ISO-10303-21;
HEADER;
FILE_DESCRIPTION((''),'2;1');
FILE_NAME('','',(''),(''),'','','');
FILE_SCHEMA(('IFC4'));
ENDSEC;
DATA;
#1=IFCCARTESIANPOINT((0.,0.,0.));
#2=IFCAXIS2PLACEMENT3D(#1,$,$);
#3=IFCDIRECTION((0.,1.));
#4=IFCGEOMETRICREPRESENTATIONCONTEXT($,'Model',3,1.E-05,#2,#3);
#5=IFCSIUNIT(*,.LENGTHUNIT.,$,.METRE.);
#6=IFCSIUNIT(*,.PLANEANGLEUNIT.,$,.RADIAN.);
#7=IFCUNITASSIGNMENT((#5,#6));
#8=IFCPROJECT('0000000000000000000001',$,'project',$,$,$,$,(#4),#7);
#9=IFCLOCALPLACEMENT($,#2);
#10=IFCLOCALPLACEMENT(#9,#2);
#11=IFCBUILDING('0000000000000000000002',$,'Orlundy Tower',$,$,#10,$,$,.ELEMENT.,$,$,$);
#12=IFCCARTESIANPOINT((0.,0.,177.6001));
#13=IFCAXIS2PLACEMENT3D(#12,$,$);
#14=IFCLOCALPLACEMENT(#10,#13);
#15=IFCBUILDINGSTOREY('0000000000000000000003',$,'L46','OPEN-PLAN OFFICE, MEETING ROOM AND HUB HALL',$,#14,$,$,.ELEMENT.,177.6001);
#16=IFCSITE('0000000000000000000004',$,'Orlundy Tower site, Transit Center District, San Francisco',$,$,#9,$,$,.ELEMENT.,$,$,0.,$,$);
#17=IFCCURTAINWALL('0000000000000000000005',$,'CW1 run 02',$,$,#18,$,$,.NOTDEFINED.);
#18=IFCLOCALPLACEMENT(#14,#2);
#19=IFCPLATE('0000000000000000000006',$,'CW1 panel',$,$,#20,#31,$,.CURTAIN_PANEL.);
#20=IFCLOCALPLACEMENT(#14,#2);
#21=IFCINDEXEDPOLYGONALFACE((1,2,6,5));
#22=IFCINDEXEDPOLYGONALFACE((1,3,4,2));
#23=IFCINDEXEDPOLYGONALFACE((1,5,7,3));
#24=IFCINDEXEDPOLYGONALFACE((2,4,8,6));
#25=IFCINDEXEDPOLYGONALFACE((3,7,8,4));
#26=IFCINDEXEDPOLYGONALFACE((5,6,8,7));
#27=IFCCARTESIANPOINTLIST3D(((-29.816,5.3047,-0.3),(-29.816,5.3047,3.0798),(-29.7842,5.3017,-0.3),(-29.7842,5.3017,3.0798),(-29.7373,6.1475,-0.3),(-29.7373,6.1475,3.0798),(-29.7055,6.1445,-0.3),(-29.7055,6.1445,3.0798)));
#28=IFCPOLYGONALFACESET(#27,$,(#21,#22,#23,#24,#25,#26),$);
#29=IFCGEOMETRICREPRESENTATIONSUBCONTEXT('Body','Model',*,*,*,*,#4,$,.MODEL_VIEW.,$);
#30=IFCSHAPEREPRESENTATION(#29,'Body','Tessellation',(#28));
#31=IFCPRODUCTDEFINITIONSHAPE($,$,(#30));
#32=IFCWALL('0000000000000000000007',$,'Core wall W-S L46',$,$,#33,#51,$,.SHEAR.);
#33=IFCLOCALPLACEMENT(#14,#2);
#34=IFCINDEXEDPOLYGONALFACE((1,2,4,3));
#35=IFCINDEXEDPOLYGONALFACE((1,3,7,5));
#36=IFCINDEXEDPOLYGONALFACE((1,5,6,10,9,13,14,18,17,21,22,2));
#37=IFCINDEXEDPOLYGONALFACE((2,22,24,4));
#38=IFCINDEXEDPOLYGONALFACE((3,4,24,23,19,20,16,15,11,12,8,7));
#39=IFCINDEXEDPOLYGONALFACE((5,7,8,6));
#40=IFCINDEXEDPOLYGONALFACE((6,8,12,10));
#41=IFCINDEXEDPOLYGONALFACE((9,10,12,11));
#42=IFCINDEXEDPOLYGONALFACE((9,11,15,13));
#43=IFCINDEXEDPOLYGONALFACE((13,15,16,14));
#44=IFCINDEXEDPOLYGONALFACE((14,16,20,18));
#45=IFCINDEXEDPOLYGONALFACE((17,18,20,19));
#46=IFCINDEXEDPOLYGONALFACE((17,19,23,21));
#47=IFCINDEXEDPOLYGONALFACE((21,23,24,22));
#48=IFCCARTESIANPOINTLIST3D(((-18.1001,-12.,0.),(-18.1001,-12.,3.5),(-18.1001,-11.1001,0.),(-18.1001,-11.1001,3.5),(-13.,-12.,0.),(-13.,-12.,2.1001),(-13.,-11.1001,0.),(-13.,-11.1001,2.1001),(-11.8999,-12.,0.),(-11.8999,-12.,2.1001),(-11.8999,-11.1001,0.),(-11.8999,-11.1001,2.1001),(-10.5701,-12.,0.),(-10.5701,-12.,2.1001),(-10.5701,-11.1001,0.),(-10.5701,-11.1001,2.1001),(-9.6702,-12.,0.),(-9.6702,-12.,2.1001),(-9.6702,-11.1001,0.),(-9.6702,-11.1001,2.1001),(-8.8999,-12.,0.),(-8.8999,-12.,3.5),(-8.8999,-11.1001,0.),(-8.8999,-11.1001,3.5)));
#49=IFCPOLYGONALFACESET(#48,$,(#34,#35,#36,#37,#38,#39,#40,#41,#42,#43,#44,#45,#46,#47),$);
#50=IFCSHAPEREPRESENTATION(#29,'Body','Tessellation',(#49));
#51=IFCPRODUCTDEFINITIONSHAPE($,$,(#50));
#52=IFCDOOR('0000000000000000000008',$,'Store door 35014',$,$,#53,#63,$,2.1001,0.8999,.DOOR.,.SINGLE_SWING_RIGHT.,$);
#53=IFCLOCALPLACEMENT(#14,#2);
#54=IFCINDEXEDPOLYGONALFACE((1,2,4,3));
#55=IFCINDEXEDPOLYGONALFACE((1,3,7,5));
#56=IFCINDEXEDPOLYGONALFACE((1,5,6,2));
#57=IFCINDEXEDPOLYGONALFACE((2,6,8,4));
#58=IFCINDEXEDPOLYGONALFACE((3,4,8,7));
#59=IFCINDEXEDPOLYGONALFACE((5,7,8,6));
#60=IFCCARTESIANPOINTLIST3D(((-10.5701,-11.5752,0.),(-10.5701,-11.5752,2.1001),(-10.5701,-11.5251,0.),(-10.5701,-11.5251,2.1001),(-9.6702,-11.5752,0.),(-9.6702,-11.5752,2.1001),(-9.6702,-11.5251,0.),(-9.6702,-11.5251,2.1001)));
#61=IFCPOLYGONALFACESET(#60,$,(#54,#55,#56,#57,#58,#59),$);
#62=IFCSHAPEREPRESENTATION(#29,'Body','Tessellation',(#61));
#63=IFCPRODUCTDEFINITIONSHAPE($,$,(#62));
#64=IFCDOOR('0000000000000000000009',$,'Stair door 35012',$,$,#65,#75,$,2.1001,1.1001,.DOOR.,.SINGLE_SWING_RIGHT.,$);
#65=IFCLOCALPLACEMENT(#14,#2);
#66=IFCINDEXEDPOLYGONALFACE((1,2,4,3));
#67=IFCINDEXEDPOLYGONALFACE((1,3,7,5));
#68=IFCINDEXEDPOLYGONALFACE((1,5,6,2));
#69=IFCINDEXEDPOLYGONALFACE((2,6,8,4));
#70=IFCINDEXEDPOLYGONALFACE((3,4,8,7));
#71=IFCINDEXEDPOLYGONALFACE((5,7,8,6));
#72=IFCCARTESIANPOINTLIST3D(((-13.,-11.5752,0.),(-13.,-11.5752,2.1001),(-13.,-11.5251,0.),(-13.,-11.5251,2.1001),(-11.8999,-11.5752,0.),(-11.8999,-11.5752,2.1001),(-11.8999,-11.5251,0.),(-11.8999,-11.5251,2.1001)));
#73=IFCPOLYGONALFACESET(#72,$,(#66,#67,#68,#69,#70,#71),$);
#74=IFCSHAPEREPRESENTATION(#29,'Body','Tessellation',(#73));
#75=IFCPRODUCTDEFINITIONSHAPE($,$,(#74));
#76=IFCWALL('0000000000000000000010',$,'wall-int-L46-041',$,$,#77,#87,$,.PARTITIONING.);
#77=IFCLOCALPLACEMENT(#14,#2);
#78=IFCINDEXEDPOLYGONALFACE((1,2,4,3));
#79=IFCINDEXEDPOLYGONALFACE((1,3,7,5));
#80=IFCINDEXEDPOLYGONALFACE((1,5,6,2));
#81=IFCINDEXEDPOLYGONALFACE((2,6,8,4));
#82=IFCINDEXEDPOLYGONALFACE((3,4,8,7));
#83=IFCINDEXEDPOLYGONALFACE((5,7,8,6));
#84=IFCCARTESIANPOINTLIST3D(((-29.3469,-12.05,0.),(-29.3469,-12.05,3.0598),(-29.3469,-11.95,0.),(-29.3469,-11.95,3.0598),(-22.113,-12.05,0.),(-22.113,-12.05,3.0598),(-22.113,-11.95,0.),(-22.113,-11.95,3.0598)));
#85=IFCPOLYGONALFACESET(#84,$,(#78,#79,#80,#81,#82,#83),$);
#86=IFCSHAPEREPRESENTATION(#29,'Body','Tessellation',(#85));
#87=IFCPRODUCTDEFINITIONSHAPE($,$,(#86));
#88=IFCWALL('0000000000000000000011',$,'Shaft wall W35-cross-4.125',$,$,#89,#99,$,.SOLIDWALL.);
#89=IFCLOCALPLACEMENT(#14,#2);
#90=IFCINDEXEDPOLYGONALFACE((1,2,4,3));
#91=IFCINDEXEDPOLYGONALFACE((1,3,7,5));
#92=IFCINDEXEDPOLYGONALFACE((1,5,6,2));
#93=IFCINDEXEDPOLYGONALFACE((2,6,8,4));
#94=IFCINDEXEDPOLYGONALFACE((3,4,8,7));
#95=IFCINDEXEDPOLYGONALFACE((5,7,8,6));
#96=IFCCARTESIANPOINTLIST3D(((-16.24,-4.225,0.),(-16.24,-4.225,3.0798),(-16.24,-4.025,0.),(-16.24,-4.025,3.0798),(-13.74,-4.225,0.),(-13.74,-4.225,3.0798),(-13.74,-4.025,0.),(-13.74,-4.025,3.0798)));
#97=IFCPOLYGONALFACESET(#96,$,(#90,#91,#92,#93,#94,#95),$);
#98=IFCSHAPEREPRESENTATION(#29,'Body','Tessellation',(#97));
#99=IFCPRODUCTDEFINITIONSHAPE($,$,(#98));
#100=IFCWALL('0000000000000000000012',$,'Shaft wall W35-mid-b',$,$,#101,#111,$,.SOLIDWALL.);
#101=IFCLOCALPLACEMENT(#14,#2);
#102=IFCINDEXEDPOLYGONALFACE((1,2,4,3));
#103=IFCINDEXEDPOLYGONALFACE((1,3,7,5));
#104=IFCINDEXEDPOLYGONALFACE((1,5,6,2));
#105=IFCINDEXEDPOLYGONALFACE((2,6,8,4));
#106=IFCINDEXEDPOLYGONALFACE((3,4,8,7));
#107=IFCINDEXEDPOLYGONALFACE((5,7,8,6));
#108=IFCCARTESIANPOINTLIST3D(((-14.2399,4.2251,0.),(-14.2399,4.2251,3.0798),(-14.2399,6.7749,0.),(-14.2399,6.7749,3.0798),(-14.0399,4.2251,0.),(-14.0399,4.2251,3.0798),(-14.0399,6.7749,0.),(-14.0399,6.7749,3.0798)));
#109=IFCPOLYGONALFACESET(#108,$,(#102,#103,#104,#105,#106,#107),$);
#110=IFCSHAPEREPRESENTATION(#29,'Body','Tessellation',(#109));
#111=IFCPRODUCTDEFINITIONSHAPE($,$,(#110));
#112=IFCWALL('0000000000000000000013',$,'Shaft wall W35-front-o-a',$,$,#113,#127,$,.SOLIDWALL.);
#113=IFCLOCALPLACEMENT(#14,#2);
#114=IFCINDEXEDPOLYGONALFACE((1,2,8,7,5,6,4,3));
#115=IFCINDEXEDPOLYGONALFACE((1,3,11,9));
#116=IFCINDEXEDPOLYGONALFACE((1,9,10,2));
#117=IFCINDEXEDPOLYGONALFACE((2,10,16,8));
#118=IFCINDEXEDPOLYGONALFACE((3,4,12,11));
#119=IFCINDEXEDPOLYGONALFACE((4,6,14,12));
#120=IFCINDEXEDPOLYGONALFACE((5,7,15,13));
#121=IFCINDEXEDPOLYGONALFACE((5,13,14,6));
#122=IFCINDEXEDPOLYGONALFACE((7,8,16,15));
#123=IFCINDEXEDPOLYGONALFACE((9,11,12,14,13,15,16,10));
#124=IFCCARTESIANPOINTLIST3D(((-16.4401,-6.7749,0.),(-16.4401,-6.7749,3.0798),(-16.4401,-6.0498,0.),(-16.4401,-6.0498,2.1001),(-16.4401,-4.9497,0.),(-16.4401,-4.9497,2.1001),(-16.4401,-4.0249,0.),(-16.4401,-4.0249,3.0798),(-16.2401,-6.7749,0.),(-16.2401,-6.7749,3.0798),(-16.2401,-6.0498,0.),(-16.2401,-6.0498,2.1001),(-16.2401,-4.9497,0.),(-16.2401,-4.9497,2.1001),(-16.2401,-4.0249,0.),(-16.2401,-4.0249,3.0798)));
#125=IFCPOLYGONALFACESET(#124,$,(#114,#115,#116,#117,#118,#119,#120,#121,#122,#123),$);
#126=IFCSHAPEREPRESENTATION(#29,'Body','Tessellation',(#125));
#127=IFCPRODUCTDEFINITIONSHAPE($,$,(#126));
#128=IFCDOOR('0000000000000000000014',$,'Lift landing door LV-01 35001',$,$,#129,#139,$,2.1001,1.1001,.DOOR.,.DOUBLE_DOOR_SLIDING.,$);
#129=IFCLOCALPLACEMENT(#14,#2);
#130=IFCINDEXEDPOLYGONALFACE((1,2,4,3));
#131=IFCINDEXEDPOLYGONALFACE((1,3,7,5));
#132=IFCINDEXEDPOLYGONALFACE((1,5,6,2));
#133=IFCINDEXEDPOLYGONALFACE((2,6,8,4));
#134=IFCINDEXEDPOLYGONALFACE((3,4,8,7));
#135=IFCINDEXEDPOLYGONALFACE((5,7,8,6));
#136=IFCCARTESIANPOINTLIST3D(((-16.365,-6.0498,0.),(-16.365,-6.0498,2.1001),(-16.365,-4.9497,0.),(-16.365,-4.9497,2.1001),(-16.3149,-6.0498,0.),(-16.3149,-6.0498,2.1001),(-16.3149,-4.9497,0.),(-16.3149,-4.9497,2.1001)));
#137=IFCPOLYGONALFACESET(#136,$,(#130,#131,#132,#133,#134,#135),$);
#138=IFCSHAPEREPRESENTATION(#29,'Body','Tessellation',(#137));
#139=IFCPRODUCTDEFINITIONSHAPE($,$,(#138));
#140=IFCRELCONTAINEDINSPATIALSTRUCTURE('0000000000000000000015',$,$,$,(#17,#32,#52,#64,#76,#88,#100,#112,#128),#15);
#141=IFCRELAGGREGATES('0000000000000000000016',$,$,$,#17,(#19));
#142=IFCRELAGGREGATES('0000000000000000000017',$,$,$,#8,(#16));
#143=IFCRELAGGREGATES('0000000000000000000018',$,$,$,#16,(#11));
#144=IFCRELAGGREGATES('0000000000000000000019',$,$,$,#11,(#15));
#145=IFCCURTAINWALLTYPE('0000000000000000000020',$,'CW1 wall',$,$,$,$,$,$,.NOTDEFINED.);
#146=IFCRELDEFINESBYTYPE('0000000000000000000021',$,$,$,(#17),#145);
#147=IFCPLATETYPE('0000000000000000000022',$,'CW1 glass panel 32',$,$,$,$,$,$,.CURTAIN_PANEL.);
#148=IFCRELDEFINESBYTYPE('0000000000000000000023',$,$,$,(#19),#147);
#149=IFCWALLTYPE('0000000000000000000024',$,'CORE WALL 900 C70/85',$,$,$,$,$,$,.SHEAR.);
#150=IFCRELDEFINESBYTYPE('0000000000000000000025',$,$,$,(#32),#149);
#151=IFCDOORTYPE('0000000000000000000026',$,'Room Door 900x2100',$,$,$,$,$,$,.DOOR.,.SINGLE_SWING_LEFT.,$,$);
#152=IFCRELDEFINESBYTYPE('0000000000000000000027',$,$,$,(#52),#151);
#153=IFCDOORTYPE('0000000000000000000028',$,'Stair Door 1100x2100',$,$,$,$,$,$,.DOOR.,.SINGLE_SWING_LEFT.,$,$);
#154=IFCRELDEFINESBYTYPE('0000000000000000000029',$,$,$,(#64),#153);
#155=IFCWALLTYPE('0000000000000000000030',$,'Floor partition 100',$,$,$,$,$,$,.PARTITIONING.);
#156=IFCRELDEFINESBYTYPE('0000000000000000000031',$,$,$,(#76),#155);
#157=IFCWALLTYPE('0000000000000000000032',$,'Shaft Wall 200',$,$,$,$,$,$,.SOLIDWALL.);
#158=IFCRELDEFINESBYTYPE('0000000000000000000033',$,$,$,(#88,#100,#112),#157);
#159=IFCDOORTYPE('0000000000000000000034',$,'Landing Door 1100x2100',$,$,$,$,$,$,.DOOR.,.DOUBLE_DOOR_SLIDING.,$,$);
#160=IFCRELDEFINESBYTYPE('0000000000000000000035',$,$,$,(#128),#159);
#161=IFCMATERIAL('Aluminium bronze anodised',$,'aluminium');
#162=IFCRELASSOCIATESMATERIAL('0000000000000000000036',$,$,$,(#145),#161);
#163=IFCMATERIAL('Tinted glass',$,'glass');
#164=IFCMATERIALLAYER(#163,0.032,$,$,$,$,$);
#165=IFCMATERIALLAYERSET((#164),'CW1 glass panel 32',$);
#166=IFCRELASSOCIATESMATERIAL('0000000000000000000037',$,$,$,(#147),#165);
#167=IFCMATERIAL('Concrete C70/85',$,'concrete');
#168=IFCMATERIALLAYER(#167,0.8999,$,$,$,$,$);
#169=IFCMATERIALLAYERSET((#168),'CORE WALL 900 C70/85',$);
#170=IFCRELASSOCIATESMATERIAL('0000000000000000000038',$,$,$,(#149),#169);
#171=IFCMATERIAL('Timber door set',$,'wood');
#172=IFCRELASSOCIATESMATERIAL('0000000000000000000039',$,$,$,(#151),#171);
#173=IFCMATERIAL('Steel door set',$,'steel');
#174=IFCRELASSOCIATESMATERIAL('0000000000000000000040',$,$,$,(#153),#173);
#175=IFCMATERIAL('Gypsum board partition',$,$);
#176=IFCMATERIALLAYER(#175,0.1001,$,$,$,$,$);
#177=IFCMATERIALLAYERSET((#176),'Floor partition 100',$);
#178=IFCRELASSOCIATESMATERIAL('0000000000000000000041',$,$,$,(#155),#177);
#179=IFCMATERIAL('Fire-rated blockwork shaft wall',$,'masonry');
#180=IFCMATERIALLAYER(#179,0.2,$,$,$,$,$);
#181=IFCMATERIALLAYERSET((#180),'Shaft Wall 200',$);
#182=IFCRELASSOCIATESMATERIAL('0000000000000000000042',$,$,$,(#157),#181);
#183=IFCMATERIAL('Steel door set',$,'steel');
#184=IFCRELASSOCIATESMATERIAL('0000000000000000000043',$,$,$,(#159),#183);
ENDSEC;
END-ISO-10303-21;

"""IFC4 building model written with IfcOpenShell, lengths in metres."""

from ifc_helpers import new_model, si_unit, direction, frame, frame_2d, origin, origin_2d, place, context, subcontext, project, spatial, rectangle, extrude, material, layer, layer_set, type_object, element, fill, aggregate, save


model = new_model("IFC4")

# Units and contexts
model_context = context("Model", 3, precision=1e-05, world=origin(), true_north=direction((0.0, 1.0)))
body_context = subcontext(model_context, "Body", "Model", "MODEL_VIEW")
ifc_project = project(units=[si_unit("LENGTHUNIT", "METRE"), si_unit("PLANEANGLEUNIT", "RADIAN")], contexts=[model_context])

# Site, building, storey
site_placement = place(None, origin())
site = spatial("IfcSite", under=ifc_project, at=site_placement, Name="Orlundy Tower site, Transit Center District, San Francisco", CompositionType="ELEMENT", RefElevation=0.0)
building_placement = place(site_placement, origin())
building = spatial("IfcBuilding", under=site, at=building_placement, Name="Orlundy Tower", CompositionType="ELEMENT")
storey_placement = place(building_placement, frame((0.0, 0.0, 177.6001)))
storey = spatial("IfcBuildingStorey", under=building, at=storey_placement, Name="L46", Description="OPEN-PLAN OFFICE, MEETING ROOM AND HUB HALL", CompositionType="ELEMENT", Elevation=177.6001)

# Curtain wall
ifc_material_1 = material(Name="Aluminium bronze anodised", Category="aluminium")
curtain_wall_type = type_object("IfcCurtainWallType", Name="CW1 wall", PredefinedType="NOTDEFINED", material=ifc_material_1)
curtain_wall_1_placement = place(storey_placement, origin())
curtain_wall_1 = element("IfcCurtainWall", 1, at=curtain_wall_1_placement, inside=storey, type_object=curtain_wall_type, Name="CW1 run 02", PredefinedType="NOTDEFINED")

# Shared definitions
ifc_material_2 = material(Name="Tinted glass", Category="glass")
ifc_layer_1 = layer(ifc_material_2, 0.032)
ifc_layer_set_1 = layer_set([ifc_layer_1], Name="CW1 glass panel 32")
plate_type = type_object("IfcPlateType", Name="CW1 glass panel 32", PredefinedType="CURTAIN_PANEL", material=ifc_layer_set_1)

# Plate
plate_1_placement = place(storey_placement, frame((-29.7607, 5.7246, -0.3), z_axis=(0.0, 0.0, 1.0), x_axis=(0.092948, 0.995671, 0.0)))
plate_1 = element("IfcPlate", 2, at=plate_1_placement, type_object=plate_type, Name="CW1 panel", PredefinedType="CURTAIN_PANEL", context=body_context, shape_type="SweptSolid", body=[
    extrude(rectangle(XDim=0.8464, YDim=0.032, at=origin_2d()), origin(), (0.0, 0.0, 1.0), 3.3799),
])
aggregate(curtain_wall_1, [plate_1])

# Wall, openings, doors
ifc_material_3 = material(Name="Concrete C70/85", Category="concrete")
ifc_layer_2 = layer(ifc_material_3, 0.8999)
ifc_layer_set_2 = layer_set([ifc_layer_2], Name="CORE WALL 900 C70/85")
wall_type_1 = type_object("IfcWallType", Name="CORE WALL 900 C70/85", PredefinedType="SHEAR", material=ifc_layer_set_2)
wall_1_placement = place(storey_placement, frame((-18.1001, -11.55, 0.0), z_axis=(0.0, 0.0, 1.0), x_axis=(1.0, 0.0, 0.0)))
wall_1 = element("IfcWall", 3, at=wall_1_placement, inside=storey, type_object=wall_type_1, Name="Core wall W-S L46", PredefinedType="SHEAR", context=body_context, shape_type="SweptSolid", body=[
    extrude(rectangle(XDim=9.2002, YDim=0.8999, at=frame_2d((4.6001, 0.0))), origin(), (0.0, 0.0, 1.0), 3.5),
])
opening_1_placement = place(wall_1_placement, frame((5.1001, 0.0, 0.0)))
opening_1 = element("IfcOpeningElement", 4, at=opening_1_placement, cuts=wall_1, PredefinedType="OPENING", context=body_context, shape_type="SweptSolid", body=[
    extrude(rectangle(XDim=1.1001, YDim=2.1001, at=frame_2d((0.55, 1.05))), frame((0.0, 0.46, 0.0), z_axis=(0.0, -1.0, 0.0), x_axis=(1.0, 0.0, 0.0)), (0.0, 0.0, 1.0), 0.9199),
])
opening_2_placement = place(wall_1_placement, frame((7.53, 0.0, 0.0)))
opening_2 = element("IfcOpeningElement", 5, at=opening_2_placement, cuts=wall_1, PredefinedType="OPENING", context=body_context, shape_type="SweptSolid", body=[
    extrude(rectangle(XDim=0.8999, YDim=2.1001, at=frame_2d((0.45, 1.05))), frame((0.0, 0.46, 0.0), z_axis=(0.0, -1.0, 0.0), x_axis=(1.0, 0.0, 0.0)), (0.0, 0.0, 1.0), 0.9199),
])
ifc_material_4 = material(Name="Timber door set", Category="wood")
door_type_1 = type_object("IfcDoorType", Name="Room Door 900x2100", OperationType="SINGLE_SWING_LEFT", PredefinedType="DOOR", material=ifc_material_4)
door_1_placement = place(opening_2_placement, origin())
door_1 = element("IfcDoor", 6, at=door_1_placement, inside=storey, type_object=door_type_1, Name="Store door 35014", OperationType="SINGLE_SWING_RIGHT", OverallHeight=2.1001, OverallWidth=0.8999, PredefinedType="DOOR", context=body_context, shape_type="SweptSolid", body=[
    extrude(rectangle(XDim=0.8999, YDim=2.1001, at=frame_2d((0.45, 1.05))), frame((0.0, 0.0249, 0.0), z_axis=(0.0, -1.0, 0.0), x_axis=(1.0, 0.0, 0.0)), (0.0, 0.0, 1.0), 0.05),
])
fill(opening_2, door_1)
ifc_material_5 = material(Name="Steel door set", Category="steel")
door_type_2 = type_object("IfcDoorType", Name="Stair Door 1100x2100", OperationType="SINGLE_SWING_LEFT", PredefinedType="DOOR", material=ifc_material_5)
door_2_placement = place(opening_1_placement, origin())
door_2 = element("IfcDoor", 7, at=door_2_placement, inside=storey, type_object=door_type_2, Name="Stair door 35012", OperationType="SINGLE_SWING_RIGHT", OverallHeight=2.1001, OverallWidth=1.1001, PredefinedType="DOOR", context=body_context, shape_type="SweptSolid", body=[
    extrude(rectangle(XDim=1.1001, YDim=2.1001, at=frame_2d((0.55, 1.05))), frame((0.0, 0.0249, 0.0), z_axis=(0.0, -1.0, 0.0), x_axis=(1.0, 0.0, 0.0)), (0.0, 0.0, 1.0), 0.05),
])
fill(opening_1, door_2)

# Walls
ifc_material_6 = material(Name="Gypsum board partition")
ifc_layer_3 = layer(ifc_material_6, 0.1001)
ifc_layer_set_3 = layer_set([ifc_layer_3], Name="Floor partition 100")
wall_type_2 = type_object("IfcWallType", Name="Floor partition 100", PredefinedType="PARTITIONING", material=ifc_layer_set_3)
wall_2_placement = place(storey_placement, frame((-29.3469, -12.0, 0.0), z_axis=(0.0, 0.0, 1.0), x_axis=(1.0, 0.0, 0.0)))
element("IfcWall", 8, at=wall_2_placement, inside=storey, type_object=wall_type_2, Name="wall-int-L46-041", PredefinedType="PARTITIONING", context=body_context, shape_type="SweptSolid", body=[
    extrude(rectangle(XDim=7.2339, YDim=0.1001, at=frame_2d((3.6169, 0.0))), origin(), (0.0, 0.0, 1.0), 3.0598),
])
ifc_material_7 = material(Name="Fire-rated blockwork shaft wall", Category="masonry")
ifc_layer_4 = layer(ifc_material_7, 0.2)
ifc_layer_set_4 = layer_set([ifc_layer_4], Name="Shaft Wall 200")
wall_type_3 = type_object("IfcWallType", Name="Shaft Wall 200", PredefinedType="SOLIDWALL", material=ifc_layer_set_4)
wall_3_placement = place(storey_placement, frame((-13.74, -4.125, 0.0), z_axis=(0.0, 0.0, 1.0), x_axis=(-1.0, 0.0, 0.0)))
element("IfcWall", 9, at=wall_3_placement, inside=storey, type_object=wall_type_3, Name="Shaft wall W35-cross-4.125", PredefinedType="SOLIDWALL", context=body_context, shape_type="SweptSolid", body=[
    extrude(rectangle(XDim=2.5, YDim=0.2, at=frame_2d((1.25, 0.0))), origin(), (0.0, 0.0, 1.0), 3.0798),
])
wall_4_placement = place(storey_placement, frame((-14.1399, 4.2251, 0.0), z_axis=(0.0, 0.0, 1.0), x_axis=(0.0, 1.0, 0.0)))
element("IfcWall", 10, at=wall_4_placement, inside=storey, type_object=wall_type_3, Name="Shaft wall W35-mid-b", PredefinedType="SOLIDWALL", context=body_context, shape_type="SweptSolid", body=[
    extrude(rectangle(XDim=2.5498, YDim=0.2, at=frame_2d((1.2749, 0.0))), origin(), (0.0, 0.0, 1.0), 3.0798),
])

# Wall, opening, door
wall_5_placement = place(storey_placement, frame((-16.3401, -6.7749, 0.0), z_axis=(0.0, 0.0, 1.0), x_axis=(0.0, 1.0, 0.0)))
wall_5 = element("IfcWall", 11, at=wall_5_placement, inside=storey, type_object=wall_type_3, Name="Shaft wall W35-front-o-a", PredefinedType="SOLIDWALL", context=body_context, shape_type="SweptSolid", body=[
    extrude(rectangle(XDim=2.75, YDim=0.2, at=frame_2d((1.375, 0.0))), origin(), (0.0, 0.0, 1.0), 3.0798),
])
opening_3_placement = place(wall_5_placement, frame((0.7251, 0.0, 0.0)))
opening_3 = element("IfcOpeningElement", 12, at=opening_3_placement, cuts=wall_5, PredefinedType="OPENING", context=body_context, shape_type="SweptSolid", body=[
    extrude(rectangle(XDim=1.1001, YDim=2.1001, at=frame_2d((0.55, 1.05))), frame((0.0, 0.1101, 0.0), z_axis=(0.0, -1.0, 0.0), x_axis=(1.0, 0.0, 0.0)), (0.0, 0.0, 1.0), 0.2202),
])
ifc_material_8 = material(Name="Steel door set", Category="steel")
door_type_3 = type_object("IfcDoorType", Name="Landing Door 1100x2100", OperationType="DOUBLE_DOOR_SLIDING", PredefinedType="DOOR", material=ifc_material_8)
door_3_placement = place(opening_3_placement, origin())
door_3 = element("IfcDoor", 13, at=door_3_placement, inside=storey, type_object=door_type_3, Name="Lift landing door LV-01 35001", OperationType="DOUBLE_DOOR_SLIDING", OverallHeight=2.1001, OverallWidth=1.1001, PredefinedType="DOOR", context=body_context, shape_type="SweptSolid", body=[
    extrude(rectangle(XDim=1.1001, YDim=2.1001, at=frame_2d((0.55, 1.05))), frame((0.0, 0.0249, 0.0), z_axis=(0.0, -1.0, 0.0), x_axis=(1.0, 0.0, 0.0)), (0.0, 0.0, 1.0), 0.05),
])
fill(opening_3, door_3)

save(model, "model.ifc")
